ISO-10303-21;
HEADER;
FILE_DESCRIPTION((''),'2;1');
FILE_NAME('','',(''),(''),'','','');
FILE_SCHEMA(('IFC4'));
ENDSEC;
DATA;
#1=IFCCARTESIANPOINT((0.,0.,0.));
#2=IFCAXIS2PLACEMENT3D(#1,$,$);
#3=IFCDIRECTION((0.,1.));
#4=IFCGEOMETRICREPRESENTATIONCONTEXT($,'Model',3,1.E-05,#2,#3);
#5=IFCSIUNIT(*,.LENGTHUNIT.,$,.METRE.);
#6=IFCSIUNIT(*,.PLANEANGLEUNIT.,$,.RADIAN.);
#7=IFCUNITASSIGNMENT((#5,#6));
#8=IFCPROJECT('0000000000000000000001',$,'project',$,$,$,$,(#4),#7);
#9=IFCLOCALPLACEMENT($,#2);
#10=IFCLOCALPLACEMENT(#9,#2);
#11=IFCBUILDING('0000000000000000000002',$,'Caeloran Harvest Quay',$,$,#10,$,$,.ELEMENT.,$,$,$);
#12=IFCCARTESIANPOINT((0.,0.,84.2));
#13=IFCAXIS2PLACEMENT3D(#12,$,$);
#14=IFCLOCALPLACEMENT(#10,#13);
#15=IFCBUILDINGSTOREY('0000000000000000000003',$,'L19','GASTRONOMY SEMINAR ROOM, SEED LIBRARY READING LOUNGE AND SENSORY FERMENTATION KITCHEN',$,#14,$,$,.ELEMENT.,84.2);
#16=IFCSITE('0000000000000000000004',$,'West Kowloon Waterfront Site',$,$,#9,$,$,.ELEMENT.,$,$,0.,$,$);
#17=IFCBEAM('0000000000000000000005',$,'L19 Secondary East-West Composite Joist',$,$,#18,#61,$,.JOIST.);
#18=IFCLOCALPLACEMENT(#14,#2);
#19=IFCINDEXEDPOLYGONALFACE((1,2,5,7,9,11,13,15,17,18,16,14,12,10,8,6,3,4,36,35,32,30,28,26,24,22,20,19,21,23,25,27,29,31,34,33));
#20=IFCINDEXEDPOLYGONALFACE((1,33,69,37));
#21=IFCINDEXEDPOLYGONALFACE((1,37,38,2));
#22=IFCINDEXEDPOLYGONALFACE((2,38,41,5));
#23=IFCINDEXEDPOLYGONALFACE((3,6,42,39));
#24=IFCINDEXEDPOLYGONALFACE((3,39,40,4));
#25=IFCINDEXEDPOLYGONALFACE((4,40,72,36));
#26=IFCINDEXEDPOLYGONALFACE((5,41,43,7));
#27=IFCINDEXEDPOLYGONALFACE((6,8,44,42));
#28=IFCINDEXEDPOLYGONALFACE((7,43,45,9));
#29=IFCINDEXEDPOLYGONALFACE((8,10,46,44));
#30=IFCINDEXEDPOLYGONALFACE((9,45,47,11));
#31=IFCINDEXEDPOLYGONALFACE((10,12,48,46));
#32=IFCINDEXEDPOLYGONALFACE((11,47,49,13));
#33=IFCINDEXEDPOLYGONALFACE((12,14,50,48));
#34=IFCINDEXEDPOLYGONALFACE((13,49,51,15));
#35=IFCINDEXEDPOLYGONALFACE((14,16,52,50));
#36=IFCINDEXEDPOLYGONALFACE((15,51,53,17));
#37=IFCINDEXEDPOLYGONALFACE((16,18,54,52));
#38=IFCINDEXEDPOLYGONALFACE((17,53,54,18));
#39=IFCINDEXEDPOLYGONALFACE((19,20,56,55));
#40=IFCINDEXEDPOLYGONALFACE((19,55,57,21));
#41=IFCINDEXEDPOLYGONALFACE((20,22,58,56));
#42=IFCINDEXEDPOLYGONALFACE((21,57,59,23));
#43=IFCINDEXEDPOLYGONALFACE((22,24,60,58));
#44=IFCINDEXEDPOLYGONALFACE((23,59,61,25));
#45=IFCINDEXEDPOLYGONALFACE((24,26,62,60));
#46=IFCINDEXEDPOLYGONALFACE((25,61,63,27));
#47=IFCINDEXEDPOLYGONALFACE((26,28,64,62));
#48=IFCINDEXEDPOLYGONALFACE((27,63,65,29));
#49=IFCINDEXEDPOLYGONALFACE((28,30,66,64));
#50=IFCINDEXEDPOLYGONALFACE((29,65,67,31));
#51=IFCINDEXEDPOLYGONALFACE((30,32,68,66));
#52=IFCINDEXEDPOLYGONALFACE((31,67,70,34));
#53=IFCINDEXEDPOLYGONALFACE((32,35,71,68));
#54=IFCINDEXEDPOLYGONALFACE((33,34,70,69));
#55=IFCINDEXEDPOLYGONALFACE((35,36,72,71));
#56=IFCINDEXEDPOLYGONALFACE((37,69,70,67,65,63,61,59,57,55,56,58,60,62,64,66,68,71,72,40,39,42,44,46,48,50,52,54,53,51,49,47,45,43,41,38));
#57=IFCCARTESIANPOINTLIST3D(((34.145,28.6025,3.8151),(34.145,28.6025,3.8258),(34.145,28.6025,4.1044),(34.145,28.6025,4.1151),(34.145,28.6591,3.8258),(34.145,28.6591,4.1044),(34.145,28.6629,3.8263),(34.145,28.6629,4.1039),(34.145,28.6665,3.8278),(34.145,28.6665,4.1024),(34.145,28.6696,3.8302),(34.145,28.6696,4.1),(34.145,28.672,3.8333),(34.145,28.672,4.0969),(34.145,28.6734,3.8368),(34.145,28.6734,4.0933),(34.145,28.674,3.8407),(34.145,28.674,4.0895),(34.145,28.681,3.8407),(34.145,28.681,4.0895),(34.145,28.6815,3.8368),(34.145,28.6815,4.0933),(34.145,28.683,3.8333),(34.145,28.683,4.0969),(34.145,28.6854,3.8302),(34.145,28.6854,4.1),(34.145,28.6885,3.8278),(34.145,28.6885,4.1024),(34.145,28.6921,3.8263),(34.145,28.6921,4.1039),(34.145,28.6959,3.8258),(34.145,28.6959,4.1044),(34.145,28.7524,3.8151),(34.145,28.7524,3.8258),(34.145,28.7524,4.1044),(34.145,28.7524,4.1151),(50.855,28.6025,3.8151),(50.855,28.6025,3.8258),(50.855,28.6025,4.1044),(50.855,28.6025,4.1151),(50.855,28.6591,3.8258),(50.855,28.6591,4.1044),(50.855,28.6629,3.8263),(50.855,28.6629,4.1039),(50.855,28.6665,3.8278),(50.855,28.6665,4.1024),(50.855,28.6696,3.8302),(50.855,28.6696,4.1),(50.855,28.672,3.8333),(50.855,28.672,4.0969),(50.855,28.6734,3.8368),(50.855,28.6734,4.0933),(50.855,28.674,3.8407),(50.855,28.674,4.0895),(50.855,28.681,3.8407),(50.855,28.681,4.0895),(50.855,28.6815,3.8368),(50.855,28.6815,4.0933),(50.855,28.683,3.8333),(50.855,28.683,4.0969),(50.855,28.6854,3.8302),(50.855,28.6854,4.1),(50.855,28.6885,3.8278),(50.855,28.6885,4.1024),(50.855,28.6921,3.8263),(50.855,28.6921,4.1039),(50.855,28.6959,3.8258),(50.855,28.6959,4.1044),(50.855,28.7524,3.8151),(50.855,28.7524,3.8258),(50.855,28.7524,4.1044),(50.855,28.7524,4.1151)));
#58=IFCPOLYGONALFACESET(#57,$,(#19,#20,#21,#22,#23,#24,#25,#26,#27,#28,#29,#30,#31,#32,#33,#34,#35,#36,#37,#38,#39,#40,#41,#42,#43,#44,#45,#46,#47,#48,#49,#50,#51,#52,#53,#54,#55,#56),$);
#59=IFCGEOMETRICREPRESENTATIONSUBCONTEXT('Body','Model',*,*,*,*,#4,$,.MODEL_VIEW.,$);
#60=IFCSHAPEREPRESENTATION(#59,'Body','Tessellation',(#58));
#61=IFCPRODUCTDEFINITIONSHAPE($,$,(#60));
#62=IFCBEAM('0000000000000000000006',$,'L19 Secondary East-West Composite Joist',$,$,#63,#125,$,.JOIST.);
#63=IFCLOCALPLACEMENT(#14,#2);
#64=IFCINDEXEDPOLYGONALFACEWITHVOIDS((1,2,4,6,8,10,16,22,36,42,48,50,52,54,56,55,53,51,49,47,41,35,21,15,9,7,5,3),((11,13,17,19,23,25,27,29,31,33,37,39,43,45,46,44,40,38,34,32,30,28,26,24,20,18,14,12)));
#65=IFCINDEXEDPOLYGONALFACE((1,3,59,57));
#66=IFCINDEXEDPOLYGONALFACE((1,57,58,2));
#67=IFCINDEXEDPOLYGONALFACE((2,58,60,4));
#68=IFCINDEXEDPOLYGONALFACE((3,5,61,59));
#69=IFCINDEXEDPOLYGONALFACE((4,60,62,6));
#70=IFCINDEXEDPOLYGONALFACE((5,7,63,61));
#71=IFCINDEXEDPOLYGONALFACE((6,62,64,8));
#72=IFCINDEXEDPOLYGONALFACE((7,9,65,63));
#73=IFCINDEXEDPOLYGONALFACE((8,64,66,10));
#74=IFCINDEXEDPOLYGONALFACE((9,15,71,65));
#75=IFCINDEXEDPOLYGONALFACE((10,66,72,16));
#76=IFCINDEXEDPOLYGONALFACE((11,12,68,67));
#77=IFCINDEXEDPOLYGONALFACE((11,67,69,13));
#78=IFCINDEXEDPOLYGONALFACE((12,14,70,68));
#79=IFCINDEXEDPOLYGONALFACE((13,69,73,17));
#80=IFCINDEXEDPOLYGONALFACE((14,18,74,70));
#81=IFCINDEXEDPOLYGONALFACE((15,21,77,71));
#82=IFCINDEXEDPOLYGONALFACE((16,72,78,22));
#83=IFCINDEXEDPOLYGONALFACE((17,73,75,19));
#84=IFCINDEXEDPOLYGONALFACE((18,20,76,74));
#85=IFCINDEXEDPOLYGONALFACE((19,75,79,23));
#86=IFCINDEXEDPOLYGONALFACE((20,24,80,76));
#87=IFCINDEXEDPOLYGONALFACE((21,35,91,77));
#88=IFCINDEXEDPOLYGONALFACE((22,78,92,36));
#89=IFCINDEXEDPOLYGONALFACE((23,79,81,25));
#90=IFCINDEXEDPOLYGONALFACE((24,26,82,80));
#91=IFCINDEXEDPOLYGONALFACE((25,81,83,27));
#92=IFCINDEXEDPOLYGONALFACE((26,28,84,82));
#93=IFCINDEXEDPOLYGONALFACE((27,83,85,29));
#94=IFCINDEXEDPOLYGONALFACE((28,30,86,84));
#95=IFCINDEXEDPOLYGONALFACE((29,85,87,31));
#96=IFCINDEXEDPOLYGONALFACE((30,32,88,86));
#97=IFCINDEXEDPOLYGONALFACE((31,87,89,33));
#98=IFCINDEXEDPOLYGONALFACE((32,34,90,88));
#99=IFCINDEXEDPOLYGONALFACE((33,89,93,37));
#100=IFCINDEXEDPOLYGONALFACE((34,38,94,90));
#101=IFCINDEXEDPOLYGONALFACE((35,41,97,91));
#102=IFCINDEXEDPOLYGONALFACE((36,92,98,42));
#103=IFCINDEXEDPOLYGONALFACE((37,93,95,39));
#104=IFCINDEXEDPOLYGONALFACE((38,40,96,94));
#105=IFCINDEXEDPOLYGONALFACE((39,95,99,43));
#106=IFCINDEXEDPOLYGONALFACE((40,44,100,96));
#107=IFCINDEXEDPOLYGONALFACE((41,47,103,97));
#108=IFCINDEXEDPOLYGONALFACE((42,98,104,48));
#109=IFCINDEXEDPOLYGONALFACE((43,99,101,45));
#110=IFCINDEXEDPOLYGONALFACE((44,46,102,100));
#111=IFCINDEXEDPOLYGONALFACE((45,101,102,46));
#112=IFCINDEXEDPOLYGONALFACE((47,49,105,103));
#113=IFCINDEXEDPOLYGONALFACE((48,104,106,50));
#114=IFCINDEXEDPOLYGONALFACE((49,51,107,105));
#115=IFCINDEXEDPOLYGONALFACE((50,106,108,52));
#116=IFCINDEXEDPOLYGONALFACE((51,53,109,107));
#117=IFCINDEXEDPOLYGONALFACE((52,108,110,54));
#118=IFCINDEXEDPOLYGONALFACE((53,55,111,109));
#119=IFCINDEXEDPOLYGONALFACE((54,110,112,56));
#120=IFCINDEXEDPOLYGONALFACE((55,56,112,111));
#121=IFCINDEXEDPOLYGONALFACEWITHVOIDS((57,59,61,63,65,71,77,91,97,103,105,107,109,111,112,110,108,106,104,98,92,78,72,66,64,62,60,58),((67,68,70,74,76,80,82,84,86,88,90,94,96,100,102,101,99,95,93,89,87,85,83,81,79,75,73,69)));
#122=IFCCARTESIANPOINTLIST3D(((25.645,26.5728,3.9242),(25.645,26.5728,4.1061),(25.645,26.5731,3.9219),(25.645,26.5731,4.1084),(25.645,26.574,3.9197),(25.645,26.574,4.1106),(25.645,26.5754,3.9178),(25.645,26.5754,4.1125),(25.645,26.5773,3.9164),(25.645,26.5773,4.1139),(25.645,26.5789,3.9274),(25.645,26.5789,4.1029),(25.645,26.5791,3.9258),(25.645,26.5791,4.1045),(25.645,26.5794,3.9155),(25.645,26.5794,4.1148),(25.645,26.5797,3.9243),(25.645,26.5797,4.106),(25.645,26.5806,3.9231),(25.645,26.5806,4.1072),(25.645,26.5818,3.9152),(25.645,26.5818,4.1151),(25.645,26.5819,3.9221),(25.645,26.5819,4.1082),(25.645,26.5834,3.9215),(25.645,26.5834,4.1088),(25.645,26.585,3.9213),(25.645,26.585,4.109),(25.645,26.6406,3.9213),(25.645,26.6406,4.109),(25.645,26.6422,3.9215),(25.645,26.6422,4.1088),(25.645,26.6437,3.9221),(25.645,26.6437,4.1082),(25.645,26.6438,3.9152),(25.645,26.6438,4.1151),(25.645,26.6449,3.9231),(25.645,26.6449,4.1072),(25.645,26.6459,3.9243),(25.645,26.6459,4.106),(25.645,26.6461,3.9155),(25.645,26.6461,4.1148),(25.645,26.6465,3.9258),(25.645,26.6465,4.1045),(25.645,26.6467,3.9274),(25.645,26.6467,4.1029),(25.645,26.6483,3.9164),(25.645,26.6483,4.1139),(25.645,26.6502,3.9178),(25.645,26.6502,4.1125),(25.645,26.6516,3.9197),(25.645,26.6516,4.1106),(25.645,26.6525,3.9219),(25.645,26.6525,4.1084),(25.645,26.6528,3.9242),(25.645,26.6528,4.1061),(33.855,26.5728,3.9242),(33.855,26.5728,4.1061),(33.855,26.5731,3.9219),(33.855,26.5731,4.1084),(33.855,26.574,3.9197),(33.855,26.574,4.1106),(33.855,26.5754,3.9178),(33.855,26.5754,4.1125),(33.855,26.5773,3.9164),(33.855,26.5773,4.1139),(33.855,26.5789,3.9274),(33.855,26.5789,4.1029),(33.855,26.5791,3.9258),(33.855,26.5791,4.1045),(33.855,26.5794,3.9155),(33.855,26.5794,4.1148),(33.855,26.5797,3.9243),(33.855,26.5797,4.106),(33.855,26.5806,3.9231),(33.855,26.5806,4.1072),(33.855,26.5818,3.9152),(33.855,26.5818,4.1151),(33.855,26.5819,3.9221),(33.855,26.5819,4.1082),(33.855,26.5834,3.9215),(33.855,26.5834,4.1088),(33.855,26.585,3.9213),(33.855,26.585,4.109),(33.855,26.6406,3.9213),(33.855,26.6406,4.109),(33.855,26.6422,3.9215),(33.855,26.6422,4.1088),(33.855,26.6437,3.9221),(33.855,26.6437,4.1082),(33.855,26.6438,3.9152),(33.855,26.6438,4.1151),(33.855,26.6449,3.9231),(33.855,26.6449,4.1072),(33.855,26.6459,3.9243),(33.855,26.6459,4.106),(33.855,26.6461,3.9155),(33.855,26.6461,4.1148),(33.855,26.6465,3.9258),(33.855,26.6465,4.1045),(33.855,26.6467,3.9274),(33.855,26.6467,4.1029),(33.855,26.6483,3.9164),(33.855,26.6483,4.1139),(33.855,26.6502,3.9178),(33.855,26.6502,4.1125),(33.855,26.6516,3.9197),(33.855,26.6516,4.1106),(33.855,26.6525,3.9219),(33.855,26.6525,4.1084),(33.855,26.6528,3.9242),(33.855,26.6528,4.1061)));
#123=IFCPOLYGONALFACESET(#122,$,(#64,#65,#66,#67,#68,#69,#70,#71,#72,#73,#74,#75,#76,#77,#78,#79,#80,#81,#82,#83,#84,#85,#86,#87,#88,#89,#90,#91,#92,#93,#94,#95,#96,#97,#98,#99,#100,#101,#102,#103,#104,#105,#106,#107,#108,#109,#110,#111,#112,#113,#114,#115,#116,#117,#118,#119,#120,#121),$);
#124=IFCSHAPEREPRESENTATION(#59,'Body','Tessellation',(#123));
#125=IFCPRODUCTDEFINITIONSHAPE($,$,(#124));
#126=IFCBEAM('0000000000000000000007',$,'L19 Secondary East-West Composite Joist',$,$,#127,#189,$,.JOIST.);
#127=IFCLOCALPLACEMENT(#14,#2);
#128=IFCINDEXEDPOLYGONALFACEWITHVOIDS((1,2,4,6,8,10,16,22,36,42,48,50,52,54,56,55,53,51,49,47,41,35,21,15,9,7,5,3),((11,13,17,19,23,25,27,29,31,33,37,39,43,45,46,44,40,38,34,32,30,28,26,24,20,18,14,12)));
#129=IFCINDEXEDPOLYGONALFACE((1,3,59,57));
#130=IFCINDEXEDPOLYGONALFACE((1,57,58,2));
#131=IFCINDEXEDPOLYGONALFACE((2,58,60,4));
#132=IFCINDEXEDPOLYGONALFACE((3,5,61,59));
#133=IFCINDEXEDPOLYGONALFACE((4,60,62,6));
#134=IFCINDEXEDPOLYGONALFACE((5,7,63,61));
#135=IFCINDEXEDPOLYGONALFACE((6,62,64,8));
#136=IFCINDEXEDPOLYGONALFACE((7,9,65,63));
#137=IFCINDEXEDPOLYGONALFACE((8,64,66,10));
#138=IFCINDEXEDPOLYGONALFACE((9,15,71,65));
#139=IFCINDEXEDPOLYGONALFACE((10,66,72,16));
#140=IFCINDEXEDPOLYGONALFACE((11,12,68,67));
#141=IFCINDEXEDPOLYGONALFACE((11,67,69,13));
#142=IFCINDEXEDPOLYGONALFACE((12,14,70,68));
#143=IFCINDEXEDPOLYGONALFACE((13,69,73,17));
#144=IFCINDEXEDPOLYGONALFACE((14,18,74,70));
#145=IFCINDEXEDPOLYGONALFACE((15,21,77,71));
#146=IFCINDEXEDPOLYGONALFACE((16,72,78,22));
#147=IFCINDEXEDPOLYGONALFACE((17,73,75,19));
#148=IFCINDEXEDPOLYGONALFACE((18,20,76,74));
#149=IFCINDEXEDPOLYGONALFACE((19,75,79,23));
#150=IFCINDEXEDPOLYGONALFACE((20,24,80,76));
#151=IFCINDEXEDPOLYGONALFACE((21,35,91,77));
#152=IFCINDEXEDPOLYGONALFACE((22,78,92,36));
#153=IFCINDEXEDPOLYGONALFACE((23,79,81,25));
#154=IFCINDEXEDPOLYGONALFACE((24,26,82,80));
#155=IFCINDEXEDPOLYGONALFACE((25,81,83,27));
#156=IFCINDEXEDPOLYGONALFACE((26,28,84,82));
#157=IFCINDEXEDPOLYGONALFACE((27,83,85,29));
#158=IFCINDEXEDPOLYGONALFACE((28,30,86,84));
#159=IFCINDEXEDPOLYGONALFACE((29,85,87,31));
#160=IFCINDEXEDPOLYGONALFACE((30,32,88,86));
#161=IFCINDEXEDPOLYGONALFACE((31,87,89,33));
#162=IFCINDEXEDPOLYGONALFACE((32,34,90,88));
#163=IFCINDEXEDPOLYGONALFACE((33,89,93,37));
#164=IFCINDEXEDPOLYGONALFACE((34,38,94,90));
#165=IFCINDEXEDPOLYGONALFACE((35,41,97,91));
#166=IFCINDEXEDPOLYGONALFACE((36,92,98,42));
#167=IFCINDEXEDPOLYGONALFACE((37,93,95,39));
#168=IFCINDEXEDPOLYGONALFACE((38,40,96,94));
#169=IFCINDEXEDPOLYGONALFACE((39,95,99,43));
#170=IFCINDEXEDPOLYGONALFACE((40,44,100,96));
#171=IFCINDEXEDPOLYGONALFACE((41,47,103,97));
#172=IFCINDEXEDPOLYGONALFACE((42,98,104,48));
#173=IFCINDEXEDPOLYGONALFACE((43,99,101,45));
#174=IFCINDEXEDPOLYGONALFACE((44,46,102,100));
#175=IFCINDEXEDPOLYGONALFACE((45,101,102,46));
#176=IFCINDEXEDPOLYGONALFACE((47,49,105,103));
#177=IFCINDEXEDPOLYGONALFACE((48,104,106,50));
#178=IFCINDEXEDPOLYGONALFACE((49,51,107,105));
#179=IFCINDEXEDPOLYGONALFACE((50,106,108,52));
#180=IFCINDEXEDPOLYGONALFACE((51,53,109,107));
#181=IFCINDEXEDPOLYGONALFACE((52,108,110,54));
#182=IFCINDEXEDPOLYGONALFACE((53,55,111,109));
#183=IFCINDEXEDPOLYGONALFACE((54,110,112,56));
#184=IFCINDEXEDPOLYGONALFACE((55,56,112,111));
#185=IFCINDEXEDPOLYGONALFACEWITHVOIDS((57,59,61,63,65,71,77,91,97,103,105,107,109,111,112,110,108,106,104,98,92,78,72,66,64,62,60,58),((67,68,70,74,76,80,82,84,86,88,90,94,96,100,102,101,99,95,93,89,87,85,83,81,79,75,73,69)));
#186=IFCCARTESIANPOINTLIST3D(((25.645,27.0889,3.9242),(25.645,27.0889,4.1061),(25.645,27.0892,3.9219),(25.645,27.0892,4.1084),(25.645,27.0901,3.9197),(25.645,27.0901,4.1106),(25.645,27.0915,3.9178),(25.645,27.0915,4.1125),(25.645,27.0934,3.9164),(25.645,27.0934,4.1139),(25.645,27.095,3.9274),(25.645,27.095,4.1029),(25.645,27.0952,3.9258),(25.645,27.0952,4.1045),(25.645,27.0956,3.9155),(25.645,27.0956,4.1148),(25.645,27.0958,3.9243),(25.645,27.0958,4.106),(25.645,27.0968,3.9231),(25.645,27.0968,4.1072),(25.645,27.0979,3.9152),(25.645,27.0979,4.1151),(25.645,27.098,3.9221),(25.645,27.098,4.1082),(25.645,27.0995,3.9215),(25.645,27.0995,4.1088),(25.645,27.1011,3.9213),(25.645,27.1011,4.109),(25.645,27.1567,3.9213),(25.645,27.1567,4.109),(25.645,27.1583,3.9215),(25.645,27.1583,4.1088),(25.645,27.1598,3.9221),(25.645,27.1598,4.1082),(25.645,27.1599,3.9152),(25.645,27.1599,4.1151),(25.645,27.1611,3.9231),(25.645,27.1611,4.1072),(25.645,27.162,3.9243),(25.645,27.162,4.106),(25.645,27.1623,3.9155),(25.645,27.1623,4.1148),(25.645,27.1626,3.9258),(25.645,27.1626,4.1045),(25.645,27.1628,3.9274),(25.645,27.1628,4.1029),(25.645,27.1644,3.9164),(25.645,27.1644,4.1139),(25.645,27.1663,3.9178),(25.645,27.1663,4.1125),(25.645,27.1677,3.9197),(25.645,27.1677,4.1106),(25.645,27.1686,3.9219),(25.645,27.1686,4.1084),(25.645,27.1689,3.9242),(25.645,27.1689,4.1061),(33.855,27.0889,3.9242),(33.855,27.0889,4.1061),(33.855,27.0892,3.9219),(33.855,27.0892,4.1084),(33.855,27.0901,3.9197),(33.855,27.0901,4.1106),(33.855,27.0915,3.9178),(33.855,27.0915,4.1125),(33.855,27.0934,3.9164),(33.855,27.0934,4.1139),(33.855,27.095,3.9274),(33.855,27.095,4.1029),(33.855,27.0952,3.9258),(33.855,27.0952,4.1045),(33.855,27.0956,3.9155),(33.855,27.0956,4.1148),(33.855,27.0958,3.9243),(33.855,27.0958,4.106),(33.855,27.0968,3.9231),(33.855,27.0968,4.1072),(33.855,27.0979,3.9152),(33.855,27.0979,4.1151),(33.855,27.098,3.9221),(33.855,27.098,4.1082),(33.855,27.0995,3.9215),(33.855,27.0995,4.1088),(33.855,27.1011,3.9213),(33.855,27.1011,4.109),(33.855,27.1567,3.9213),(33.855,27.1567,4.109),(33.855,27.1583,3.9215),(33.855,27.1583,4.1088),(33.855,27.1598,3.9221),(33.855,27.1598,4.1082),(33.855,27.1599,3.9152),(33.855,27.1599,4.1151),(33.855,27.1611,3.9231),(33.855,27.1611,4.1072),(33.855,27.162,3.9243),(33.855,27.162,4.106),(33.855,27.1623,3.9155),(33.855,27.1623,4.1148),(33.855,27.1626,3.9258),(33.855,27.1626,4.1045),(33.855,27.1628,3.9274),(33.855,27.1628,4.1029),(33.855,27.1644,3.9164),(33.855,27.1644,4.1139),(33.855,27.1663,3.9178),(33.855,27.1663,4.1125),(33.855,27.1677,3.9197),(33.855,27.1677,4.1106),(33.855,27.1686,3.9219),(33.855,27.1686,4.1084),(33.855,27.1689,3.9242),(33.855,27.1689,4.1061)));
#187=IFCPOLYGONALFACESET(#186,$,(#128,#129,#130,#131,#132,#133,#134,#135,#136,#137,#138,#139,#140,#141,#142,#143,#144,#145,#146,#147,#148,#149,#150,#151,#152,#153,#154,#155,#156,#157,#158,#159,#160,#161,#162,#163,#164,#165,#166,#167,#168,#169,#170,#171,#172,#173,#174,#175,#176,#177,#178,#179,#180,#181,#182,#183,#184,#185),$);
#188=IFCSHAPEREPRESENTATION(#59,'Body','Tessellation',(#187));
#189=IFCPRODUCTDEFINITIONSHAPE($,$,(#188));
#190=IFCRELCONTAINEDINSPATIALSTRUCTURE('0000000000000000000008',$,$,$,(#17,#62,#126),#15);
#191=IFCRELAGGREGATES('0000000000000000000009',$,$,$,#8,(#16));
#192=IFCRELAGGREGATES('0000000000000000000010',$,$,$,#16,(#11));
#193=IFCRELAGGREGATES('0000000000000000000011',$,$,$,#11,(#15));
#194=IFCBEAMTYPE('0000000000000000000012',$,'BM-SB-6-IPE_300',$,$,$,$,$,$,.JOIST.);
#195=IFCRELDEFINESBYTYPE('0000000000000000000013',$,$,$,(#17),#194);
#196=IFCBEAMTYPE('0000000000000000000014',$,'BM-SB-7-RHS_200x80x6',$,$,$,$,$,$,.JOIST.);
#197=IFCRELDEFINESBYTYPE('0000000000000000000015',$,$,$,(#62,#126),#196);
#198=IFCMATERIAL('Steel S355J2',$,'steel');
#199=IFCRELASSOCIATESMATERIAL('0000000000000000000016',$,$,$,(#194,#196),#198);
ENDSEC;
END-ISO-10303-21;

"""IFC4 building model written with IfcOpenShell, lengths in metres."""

from ifc_helpers import new_model, si_unit, direction, frame, origin, origin_2d, place, context, subcontext, project, spatial, hollow_rectangle, i_section, extrude, material, material_profile, profile_set, type_object, element, save


model = new_model("IFC4")

# Units and contexts
model_context = context("Model", 3, precision=1e-05, world=origin(), true_north=direction((0.0, 1.0)))
body_context = subcontext(model_context, "Body", "Model", "MODEL_VIEW")
ifc_project = project(units=[si_unit("LENGTHUNIT", "METRE"), si_unit("PLANEANGLEUNIT", "RADIAN")], contexts=[model_context])

# Site, building, storey
site_placement = place(None, origin())
site = spatial("IfcSite", under=ifc_project, at=site_placement, Name="West Kowloon Waterfront Site", CompositionType="ELEMENT", RefElevation=0.0)
building_placement = place(site_placement, origin())
building = spatial("IfcBuilding", under=site, at=building_placement, Name="Caeloran Harvest Quay", CompositionType="ELEMENT")
storey_placement = place(building_placement, frame((0.0, 0.0, 84.2)))
storey = spatial("IfcBuildingStorey", under=building, at=storey_placement, Name="L19", Description="GASTRONOMY SEMINAR ROOM, SEED LIBRARY READING LOUNGE AND SENSORY FERMENTATION KITCHEN", CompositionType="ELEMENT", Elevation=84.2)

# Beams
ifc_material_1 = material(Name="Steel S355J2", Category="steel")
ifc_material_profile_1 = material_profile(ifc_material_1, i_section(OverallWidth=0.1499, OverallDepth=0.3, WebThickness=0.0071, FlangeThickness=0.0107, FilletRadius=0.0149, at=origin_2d()), Name="IPE 300")
ifc_profile_set_1 = profile_set([ifc_material_profile_1], Name="Steel S355J2")
beam_type_1 = type_object("IfcBeamType", Name="BM-SB-6-IPE_300", PredefinedType="JOIST", material=ifc_profile_set_1)
beam_1_placement = place(storey_placement, frame((34.145, 28.6775, 3.9651), z_axis=(1.0, 0.0, 0.0), x_axis=(0.0, 1.0, 0.0)))
element("IfcBeam", 1, at=beam_1_placement, inside=storey, type_object=beam_type_1, Name="L19 Secondary East-West Composite Joist", PredefinedType="JOIST", context=body_context, shape_type="SweptSolid", body=[
    extrude(i_section(OverallWidth=0.1499, OverallDepth=0.3, WebThickness=0.0071, FlangeThickness=0.0107, FilletRadius=0.0149, at=origin_2d()), origin(), (0.0, 0.0, 1.0), 16.71),
])
ifc_material_profile_2 = material_profile(ifc_material_1, hollow_rectangle(XDim=0.0801, YDim=0.2, WallThickness=0.0061, InnerFilletRadius=0.0061, OuterFilletRadius=0.009, at=origin_2d()), Name="RHS 200x80x6")
ifc_profile_set_2 = profile_set([ifc_material_profile_2], Name="Steel S355J2")
beam_type_2 = type_object("IfcBeamType", Name="BM-SB-7-RHS_200x80x6", PredefinedType="JOIST", material=ifc_profile_set_2)
for number, where, z_axis, x_axis, name in (
    (2, (25.645, 26.6128, 4.0151), (1.0, 0.0, 0.0), (0.0, 1.0, 0.0), "L19 Secondary East-West Composite Joist"),
    (3, (25.645, 27.1289, 4.0151), (1.0, 0.0, 0.0), (0.0, 1.0, 0.0), "L19 Secondary East-West Composite Joist"),
):
    element("IfcBeam", number, at=place(storey_placement, frame(where, z_axis=z_axis, x_axis=x_axis)), inside=storey, type_object=beam_type_2, Name=name, PredefinedType="JOIST", context=body_context, shape_type="SweptSolid", body=[
        extrude(hollow_rectangle(XDim=0.0801, YDim=0.2, WallThickness=0.0061, InnerFilletRadius=0.0061, OuterFilletRadius=0.009, at=origin_2d()), origin(), (0.0, 0.0, 1.0), 8.21),
    ])

save(model, "model.ifc")
